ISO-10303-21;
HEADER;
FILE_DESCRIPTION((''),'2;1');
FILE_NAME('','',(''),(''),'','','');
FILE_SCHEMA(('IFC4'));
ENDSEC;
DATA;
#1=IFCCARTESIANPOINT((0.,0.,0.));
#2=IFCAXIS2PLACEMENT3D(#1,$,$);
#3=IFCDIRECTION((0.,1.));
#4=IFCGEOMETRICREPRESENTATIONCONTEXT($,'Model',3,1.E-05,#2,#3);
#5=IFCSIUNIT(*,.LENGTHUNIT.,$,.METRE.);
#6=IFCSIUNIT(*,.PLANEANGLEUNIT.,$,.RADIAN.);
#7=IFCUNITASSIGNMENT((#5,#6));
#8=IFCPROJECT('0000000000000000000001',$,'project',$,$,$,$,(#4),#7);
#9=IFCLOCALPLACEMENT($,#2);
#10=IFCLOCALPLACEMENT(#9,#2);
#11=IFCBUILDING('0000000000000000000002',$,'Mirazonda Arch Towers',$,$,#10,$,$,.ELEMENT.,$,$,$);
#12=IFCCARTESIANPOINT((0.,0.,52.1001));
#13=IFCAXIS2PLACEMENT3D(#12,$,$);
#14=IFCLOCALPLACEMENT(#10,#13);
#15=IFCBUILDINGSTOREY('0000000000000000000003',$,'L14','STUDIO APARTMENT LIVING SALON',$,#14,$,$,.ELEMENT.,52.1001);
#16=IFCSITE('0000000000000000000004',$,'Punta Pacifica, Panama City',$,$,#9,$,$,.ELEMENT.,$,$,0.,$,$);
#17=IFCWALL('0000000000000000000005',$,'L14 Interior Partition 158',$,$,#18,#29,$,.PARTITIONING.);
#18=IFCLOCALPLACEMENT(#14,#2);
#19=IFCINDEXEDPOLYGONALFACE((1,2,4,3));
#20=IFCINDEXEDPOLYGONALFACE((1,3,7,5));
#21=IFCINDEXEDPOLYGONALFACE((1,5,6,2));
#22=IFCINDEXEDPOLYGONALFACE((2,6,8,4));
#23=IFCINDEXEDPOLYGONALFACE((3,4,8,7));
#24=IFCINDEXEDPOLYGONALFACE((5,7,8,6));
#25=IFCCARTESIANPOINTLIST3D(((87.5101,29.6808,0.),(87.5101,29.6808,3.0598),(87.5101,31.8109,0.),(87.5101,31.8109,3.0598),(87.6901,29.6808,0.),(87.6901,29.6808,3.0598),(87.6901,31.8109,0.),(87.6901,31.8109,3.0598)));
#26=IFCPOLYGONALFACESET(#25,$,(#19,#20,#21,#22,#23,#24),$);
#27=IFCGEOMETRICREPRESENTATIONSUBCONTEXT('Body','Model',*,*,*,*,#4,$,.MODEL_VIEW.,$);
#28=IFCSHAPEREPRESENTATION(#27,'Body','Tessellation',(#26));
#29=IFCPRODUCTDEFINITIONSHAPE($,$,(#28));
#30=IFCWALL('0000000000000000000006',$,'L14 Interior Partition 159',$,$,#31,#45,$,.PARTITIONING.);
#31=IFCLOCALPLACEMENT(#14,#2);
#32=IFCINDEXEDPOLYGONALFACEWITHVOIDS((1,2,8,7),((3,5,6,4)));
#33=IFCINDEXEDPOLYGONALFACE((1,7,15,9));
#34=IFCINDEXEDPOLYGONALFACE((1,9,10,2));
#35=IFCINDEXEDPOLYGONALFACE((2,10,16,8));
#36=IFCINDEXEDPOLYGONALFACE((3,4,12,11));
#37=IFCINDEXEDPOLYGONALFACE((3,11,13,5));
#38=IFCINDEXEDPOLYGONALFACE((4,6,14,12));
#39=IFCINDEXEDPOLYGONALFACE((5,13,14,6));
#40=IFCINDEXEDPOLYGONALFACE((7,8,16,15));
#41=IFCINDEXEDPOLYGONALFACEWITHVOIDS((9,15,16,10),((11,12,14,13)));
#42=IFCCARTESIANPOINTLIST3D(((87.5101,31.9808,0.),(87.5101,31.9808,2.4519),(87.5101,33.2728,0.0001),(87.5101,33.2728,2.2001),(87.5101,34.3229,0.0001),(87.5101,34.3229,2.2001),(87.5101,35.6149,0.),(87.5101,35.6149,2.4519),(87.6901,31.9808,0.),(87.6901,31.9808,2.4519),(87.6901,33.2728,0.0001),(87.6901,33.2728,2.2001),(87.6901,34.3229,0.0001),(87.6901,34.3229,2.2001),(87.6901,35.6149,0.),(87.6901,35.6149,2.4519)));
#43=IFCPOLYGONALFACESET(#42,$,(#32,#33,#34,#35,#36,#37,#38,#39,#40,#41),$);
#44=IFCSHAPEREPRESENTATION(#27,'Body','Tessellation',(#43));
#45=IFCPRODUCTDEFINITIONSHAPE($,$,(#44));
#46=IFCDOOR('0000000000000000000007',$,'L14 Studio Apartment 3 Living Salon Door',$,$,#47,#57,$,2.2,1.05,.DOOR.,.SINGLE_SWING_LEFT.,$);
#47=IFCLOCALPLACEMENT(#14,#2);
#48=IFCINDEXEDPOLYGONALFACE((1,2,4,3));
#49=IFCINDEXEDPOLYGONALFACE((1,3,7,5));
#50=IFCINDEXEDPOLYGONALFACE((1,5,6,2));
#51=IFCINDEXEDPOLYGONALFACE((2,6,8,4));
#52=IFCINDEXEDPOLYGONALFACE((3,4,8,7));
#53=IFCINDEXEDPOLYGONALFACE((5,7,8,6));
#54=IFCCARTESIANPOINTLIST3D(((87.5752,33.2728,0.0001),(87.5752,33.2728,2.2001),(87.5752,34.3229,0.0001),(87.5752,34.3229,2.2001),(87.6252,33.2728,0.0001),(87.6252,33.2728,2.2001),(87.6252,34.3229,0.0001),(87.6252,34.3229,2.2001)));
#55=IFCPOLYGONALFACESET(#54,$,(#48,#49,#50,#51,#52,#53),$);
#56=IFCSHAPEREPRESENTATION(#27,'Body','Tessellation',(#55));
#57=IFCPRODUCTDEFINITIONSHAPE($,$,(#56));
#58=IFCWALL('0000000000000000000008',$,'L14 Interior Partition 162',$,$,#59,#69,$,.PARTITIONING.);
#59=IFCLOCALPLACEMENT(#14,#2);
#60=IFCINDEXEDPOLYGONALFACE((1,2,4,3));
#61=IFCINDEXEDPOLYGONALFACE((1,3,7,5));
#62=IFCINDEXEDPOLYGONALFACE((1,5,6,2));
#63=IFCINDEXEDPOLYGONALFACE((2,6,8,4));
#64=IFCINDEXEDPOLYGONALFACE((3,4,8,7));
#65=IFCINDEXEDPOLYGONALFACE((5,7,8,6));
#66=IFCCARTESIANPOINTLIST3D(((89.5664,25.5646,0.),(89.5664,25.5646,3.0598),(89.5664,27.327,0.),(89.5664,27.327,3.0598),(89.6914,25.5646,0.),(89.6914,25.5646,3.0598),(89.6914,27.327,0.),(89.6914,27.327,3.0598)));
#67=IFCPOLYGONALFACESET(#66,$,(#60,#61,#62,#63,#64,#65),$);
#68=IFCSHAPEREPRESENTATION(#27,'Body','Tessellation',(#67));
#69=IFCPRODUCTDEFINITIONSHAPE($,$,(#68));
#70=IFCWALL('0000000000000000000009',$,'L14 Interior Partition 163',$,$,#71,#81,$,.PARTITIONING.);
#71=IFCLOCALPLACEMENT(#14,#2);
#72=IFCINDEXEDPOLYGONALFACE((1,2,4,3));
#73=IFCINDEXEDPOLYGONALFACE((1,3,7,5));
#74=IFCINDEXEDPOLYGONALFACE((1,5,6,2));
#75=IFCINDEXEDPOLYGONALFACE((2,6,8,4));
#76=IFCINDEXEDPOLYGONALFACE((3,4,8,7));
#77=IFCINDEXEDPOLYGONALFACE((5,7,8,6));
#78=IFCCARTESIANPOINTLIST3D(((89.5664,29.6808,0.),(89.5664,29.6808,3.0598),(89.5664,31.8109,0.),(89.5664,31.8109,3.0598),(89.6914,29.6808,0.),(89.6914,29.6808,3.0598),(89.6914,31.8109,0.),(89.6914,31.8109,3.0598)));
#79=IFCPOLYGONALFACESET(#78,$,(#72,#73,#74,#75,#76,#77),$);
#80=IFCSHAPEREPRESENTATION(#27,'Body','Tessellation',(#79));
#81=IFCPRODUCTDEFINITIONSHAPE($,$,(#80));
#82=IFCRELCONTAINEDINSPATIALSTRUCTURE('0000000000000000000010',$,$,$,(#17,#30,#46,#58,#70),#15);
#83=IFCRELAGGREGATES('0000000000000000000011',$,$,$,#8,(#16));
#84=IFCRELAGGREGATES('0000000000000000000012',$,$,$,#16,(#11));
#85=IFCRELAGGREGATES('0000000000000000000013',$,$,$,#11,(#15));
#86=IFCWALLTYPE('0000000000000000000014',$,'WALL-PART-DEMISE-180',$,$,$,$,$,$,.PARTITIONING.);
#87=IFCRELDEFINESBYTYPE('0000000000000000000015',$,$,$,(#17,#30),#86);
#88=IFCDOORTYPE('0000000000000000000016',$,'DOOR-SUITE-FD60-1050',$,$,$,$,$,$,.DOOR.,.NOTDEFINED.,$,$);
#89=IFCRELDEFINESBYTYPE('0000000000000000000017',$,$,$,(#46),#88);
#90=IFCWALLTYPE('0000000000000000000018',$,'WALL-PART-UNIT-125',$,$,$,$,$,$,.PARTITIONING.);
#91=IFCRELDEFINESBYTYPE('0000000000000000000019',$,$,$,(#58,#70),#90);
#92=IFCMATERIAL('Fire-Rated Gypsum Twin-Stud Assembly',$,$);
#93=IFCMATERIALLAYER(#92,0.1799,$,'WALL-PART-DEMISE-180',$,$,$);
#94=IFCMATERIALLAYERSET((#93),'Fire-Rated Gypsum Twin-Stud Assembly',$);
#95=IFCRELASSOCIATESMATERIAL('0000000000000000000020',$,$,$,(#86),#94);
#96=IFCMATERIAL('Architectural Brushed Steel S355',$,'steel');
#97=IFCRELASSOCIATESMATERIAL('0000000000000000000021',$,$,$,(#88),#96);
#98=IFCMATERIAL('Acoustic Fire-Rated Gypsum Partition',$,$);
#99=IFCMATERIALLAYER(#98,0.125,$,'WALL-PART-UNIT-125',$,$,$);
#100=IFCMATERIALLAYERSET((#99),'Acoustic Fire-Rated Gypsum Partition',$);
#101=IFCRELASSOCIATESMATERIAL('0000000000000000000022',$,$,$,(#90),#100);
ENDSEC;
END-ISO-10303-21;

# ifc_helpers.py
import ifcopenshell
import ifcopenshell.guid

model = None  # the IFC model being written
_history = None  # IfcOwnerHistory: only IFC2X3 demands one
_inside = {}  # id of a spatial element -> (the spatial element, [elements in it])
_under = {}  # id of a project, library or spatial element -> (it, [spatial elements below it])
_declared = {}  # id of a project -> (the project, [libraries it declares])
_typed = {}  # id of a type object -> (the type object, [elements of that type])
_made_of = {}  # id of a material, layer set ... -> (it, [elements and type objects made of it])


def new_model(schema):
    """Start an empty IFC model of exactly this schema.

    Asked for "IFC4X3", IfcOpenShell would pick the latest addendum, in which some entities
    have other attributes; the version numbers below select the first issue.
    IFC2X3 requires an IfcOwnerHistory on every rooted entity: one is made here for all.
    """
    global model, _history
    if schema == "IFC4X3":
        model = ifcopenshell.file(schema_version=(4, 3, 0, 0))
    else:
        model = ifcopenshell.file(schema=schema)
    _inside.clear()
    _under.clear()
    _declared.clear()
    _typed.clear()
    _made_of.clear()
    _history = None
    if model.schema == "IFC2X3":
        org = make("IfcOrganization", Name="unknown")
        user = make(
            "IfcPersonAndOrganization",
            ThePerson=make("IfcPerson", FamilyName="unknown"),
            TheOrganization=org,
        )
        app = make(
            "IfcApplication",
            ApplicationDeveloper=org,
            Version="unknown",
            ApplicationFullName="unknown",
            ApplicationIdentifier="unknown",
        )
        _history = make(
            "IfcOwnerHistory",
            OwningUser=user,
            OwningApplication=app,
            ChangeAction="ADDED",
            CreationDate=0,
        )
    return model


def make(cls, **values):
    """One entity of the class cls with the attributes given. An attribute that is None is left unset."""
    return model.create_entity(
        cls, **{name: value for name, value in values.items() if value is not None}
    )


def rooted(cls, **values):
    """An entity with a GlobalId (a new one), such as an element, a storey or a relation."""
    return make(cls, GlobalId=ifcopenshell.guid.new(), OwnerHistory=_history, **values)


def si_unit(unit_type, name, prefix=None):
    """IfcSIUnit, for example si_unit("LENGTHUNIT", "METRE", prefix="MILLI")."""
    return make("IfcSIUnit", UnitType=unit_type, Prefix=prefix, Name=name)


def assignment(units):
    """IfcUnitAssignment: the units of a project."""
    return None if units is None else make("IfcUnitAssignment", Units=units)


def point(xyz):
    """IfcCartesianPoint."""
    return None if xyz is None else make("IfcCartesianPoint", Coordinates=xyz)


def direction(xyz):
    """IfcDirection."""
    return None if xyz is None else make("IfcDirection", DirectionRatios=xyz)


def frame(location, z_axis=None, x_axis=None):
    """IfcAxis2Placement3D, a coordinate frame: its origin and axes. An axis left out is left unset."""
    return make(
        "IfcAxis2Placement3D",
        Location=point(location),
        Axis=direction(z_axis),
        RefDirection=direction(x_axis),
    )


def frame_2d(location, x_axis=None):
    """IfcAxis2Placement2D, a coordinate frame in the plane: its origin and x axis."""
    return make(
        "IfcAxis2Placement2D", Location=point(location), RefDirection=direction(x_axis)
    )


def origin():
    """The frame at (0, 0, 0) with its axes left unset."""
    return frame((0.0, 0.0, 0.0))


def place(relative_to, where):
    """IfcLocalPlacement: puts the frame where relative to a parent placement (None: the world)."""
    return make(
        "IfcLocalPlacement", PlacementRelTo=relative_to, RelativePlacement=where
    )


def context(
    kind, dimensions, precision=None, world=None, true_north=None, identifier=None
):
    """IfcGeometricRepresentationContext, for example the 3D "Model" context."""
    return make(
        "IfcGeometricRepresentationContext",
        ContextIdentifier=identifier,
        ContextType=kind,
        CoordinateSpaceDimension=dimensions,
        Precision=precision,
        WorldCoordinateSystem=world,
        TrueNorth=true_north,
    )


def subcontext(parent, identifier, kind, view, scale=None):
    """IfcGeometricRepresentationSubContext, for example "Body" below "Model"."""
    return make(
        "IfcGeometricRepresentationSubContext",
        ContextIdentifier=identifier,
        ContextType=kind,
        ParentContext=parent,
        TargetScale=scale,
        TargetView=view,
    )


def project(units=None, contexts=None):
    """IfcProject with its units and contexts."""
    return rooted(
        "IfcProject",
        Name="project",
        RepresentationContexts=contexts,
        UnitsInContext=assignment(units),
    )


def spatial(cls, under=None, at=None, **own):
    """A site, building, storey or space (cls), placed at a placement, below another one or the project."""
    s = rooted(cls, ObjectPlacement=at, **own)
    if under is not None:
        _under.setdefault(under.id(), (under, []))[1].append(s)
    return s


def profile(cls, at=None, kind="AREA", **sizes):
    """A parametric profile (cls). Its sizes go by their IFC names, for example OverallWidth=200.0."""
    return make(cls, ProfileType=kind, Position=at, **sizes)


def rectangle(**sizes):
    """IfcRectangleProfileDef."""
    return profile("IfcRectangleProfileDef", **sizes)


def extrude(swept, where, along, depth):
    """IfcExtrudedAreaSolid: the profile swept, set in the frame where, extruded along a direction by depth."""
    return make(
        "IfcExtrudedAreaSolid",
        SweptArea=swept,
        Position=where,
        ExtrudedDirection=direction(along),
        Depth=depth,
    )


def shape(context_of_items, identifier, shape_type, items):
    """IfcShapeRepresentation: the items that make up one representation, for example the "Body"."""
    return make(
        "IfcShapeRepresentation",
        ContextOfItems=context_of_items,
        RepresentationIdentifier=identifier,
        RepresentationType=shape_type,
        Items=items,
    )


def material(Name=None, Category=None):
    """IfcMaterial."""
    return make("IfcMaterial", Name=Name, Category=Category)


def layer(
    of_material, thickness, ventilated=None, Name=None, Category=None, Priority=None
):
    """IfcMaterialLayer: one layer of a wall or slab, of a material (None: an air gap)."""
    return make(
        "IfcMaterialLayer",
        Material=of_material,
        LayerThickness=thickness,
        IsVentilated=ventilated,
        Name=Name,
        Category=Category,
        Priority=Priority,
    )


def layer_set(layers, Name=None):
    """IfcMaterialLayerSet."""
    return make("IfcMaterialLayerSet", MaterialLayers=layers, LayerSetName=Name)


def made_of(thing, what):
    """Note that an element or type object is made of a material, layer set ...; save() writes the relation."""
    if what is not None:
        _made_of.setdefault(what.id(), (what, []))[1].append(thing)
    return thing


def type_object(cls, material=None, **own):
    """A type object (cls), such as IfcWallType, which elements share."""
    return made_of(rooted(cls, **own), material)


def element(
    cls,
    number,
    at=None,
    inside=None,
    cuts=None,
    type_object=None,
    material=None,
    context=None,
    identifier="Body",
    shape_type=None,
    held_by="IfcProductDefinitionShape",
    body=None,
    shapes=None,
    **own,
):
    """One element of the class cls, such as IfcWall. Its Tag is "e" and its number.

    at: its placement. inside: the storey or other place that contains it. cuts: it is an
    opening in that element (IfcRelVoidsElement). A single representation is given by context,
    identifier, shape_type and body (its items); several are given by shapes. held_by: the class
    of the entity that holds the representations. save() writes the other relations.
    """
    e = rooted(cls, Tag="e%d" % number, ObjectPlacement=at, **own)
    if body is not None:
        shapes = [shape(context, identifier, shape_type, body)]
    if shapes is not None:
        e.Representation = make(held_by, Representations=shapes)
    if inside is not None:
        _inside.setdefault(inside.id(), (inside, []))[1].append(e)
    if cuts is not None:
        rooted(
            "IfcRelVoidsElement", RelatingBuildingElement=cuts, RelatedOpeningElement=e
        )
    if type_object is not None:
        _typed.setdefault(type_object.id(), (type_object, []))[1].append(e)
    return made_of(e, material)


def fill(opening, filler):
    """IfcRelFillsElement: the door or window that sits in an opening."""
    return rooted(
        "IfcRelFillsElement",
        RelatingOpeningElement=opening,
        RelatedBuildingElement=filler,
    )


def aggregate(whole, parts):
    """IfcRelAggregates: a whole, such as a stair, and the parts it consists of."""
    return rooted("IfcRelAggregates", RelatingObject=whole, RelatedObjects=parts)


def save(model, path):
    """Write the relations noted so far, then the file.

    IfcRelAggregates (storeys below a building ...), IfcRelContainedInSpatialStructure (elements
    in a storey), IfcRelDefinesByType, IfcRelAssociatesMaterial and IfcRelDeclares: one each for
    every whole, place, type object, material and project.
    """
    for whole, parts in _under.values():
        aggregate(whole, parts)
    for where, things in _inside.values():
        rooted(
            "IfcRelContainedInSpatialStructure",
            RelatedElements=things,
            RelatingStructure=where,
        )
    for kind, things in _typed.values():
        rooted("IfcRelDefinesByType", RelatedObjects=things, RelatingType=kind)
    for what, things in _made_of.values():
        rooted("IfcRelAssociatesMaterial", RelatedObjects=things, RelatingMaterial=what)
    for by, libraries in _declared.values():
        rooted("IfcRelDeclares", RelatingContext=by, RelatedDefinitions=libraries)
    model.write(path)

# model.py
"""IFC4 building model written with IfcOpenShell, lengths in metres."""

from ifc_helpers import new_model, si_unit, direction, frame, frame_2d, origin, place, context, subcontext, project, spatial, rectangle, extrude, material, layer, layer_set, type_object, element, fill, save


model = new_model("IFC4")

# Units and contexts
model_context = context("Model", 3, precision=1e-05, world=origin(), true_north=direction((0.0, 1.0)))
body_context = subcontext(model_context, "Body", "Model", "MODEL_VIEW")
ifc_project = project(units=[si_unit("LENGTHUNIT", "METRE"), si_unit("PLANEANGLEUNIT", "RADIAN")], contexts=[model_context])

# Site, building, storey
site_placement = place(None, origin())
site = spatial("IfcSite", under=ifc_project, at=site_placement, Name="Punta Pacifica, Panama City", CompositionType="ELEMENT", RefElevation=0.0)
building_placement = place(site_placement, origin())
building = spatial("IfcBuilding", under=site, at=building_placement, Name="Mirazonda Arch Towers", CompositionType="ELEMENT")
storey_placement = place(building_placement, frame((0.0, 0.0, 52.1001)))
storey = spatial("IfcBuildingStorey", under=building, at=storey_placement, Name="L14", Description="STUDIO APARTMENT LIVING SALON", CompositionType="ELEMENT", Elevation=52.1001)

# Shared definitions
ifc_material_1 = material(Name="Architectural Brushed Steel S355", Category="steel")

# Shared definitions
ifc_material_2 = material(Name="Fire-Rated Gypsum Twin-Stud Assembly")
ifc_layer_1 = layer(ifc_material_2, 0.1799, Name="WALL-PART-DEMISE-180")
ifc_layer_set_1 = layer_set([ifc_layer_1], Name="Fire-Rated Gypsum Twin-Stud Assembly")
wall_type_1 = type_object("IfcWallType", Name="WALL-PART-DEMISE-180", PredefinedType="PARTITIONING", material=ifc_layer_set_1)
door_type_1 = type_object("IfcDoorType", Name="DOOR-SUITE-FD60-1050", OperationType="NOTDEFINED", PredefinedType="DOOR", material=ifc_material_1)

# Wall
wall_1_placement = place(storey_placement, frame((87.6001, 29.6809, 0.0), z_axis=(0.0, 0.0, 1.0), x_axis=(0.0, 1.0, 0.0)))
element("IfcWall", 1, at=wall_1_placement, inside=storey, type_object=wall_type_1, Name="L14 Interior Partition 158", PredefinedType="PARTITIONING", context=body_context, shape_type="SweptSolid", body=[
    extrude(rectangle(XDim=2.1301, YDim=0.1799, at=frame_2d((1.0649, 0.0))), origin(), (0.0, 0.0, 1.0), 3.0598),
])

# Wall, opening, door
wall_2_placement = place(storey_placement, frame((87.6001, 31.981, 0.0), z_axis=(0.0, 0.0, 1.0), x_axis=(0.0, 1.0, 0.0)))
wall_2 = element("IfcWall", 2, at=wall_2_placement, inside=storey, type_object=wall_type_1, Name="L14 Interior Partition 159", PredefinedType="PARTITIONING", context=body_context, shape_type="SweptSolid", body=[
    extrude(rectangle(XDim=3.634, YDim=0.1799, at=frame_2d((1.8169, 0.0))), origin(), (0.0, 0.0, 1.0), 2.4519),
])
opening_1_placement = place(wall_2_placement, frame((1.292, 0.0, 0.0)))
opening_1 = element("IfcOpeningElement", 3, at=opening_1_placement, cuts=wall_2, PredefinedType="OPENING", context=body_context, shape_type="SweptSolid", body=[
    extrude(rectangle(XDim=1.05, YDim=2.2, at=frame_2d((0.5249, 1.1001))), frame((0.0, 0.0999, 0.0), z_axis=(0.0, -1.0, 0.0), x_axis=(1.0, 0.0, 0.0)), (0.0, 0.0, 1.0), 0.2),
])
door_1_placement = place(opening_1_placement, origin())
door_1 = element("IfcDoor", 4, at=door_1_placement, inside=storey, type_object=door_type_1, Name="L14 Studio Apartment 3 Living Salon Door", OperationType="SINGLE_SWING_LEFT", OverallHeight=2.2, OverallWidth=1.05, PredefinedType="DOOR", context=body_context, shape_type="SweptSolid", body=[
    extrude(rectangle(XDim=1.05, YDim=2.2, at=frame_2d((0.5249, 1.1001))), frame((0.0, 0.0249, 0.0), z_axis=(0.0, -1.0, 0.0), x_axis=(1.0, 0.0, 0.0)), (0.0, 0.0, 1.0), 0.05),
])
fill(opening_1, door_1)

# Walls
ifc_material_3 = material(Name="Acoustic Fire-Rated Gypsum Partition")
ifc_layer_2 = layer(ifc_material_3, 0.125, Name="WALL-PART-UNIT-125")
ifc_layer_set_2 = layer_set([ifc_layer_2], Name="Acoustic Fire-Rated Gypsum Partition")
wall_type_2 = type_object("IfcWallType", Name="WALL-PART-UNIT-125", PredefinedType="PARTITIONING", material=ifc_layer_set_2)
wall_3_placement = place(storey_placement, frame((89.6289, 25.5645, 0.0), z_axis=(0.0, 0.0, 1.0), x_axis=(0.0, 1.0, 0.0)))
element("IfcWall", 5, at=wall_3_placement, inside=storey, type_object=wall_type_2, Name="L14 Interior Partition 162", PredefinedType="PARTITIONING", context=body_context, shape_type="SweptSolid", body=[
    extrude(rectangle(XDim=1.7625, YDim=0.125, at=frame_2d((0.8813, 0.0))), origin(), (0.0, 0.0, 1.0), 3.0598),
])
wall_4_placement = place(storey_placement, frame((89.6289, 29.6809, 0.0), z_axis=(0.0, 0.0, 1.0), x_axis=(0.0, 1.0, 0.0)))
element("IfcWall", 6, at=wall_4_placement, inside=storey, type_object=wall_type_2, Name="L14 Interior Partition 163", PredefinedType="PARTITIONING", context=body_context, shape_type="SweptSolid", body=[
    extrude(rectangle(XDim=2.1301, YDim=0.125, at=frame_2d((1.0649, 0.0))), origin(), (0.0, 0.0, 1.0), 3.0598),
])

save(model, "model.ifc")
